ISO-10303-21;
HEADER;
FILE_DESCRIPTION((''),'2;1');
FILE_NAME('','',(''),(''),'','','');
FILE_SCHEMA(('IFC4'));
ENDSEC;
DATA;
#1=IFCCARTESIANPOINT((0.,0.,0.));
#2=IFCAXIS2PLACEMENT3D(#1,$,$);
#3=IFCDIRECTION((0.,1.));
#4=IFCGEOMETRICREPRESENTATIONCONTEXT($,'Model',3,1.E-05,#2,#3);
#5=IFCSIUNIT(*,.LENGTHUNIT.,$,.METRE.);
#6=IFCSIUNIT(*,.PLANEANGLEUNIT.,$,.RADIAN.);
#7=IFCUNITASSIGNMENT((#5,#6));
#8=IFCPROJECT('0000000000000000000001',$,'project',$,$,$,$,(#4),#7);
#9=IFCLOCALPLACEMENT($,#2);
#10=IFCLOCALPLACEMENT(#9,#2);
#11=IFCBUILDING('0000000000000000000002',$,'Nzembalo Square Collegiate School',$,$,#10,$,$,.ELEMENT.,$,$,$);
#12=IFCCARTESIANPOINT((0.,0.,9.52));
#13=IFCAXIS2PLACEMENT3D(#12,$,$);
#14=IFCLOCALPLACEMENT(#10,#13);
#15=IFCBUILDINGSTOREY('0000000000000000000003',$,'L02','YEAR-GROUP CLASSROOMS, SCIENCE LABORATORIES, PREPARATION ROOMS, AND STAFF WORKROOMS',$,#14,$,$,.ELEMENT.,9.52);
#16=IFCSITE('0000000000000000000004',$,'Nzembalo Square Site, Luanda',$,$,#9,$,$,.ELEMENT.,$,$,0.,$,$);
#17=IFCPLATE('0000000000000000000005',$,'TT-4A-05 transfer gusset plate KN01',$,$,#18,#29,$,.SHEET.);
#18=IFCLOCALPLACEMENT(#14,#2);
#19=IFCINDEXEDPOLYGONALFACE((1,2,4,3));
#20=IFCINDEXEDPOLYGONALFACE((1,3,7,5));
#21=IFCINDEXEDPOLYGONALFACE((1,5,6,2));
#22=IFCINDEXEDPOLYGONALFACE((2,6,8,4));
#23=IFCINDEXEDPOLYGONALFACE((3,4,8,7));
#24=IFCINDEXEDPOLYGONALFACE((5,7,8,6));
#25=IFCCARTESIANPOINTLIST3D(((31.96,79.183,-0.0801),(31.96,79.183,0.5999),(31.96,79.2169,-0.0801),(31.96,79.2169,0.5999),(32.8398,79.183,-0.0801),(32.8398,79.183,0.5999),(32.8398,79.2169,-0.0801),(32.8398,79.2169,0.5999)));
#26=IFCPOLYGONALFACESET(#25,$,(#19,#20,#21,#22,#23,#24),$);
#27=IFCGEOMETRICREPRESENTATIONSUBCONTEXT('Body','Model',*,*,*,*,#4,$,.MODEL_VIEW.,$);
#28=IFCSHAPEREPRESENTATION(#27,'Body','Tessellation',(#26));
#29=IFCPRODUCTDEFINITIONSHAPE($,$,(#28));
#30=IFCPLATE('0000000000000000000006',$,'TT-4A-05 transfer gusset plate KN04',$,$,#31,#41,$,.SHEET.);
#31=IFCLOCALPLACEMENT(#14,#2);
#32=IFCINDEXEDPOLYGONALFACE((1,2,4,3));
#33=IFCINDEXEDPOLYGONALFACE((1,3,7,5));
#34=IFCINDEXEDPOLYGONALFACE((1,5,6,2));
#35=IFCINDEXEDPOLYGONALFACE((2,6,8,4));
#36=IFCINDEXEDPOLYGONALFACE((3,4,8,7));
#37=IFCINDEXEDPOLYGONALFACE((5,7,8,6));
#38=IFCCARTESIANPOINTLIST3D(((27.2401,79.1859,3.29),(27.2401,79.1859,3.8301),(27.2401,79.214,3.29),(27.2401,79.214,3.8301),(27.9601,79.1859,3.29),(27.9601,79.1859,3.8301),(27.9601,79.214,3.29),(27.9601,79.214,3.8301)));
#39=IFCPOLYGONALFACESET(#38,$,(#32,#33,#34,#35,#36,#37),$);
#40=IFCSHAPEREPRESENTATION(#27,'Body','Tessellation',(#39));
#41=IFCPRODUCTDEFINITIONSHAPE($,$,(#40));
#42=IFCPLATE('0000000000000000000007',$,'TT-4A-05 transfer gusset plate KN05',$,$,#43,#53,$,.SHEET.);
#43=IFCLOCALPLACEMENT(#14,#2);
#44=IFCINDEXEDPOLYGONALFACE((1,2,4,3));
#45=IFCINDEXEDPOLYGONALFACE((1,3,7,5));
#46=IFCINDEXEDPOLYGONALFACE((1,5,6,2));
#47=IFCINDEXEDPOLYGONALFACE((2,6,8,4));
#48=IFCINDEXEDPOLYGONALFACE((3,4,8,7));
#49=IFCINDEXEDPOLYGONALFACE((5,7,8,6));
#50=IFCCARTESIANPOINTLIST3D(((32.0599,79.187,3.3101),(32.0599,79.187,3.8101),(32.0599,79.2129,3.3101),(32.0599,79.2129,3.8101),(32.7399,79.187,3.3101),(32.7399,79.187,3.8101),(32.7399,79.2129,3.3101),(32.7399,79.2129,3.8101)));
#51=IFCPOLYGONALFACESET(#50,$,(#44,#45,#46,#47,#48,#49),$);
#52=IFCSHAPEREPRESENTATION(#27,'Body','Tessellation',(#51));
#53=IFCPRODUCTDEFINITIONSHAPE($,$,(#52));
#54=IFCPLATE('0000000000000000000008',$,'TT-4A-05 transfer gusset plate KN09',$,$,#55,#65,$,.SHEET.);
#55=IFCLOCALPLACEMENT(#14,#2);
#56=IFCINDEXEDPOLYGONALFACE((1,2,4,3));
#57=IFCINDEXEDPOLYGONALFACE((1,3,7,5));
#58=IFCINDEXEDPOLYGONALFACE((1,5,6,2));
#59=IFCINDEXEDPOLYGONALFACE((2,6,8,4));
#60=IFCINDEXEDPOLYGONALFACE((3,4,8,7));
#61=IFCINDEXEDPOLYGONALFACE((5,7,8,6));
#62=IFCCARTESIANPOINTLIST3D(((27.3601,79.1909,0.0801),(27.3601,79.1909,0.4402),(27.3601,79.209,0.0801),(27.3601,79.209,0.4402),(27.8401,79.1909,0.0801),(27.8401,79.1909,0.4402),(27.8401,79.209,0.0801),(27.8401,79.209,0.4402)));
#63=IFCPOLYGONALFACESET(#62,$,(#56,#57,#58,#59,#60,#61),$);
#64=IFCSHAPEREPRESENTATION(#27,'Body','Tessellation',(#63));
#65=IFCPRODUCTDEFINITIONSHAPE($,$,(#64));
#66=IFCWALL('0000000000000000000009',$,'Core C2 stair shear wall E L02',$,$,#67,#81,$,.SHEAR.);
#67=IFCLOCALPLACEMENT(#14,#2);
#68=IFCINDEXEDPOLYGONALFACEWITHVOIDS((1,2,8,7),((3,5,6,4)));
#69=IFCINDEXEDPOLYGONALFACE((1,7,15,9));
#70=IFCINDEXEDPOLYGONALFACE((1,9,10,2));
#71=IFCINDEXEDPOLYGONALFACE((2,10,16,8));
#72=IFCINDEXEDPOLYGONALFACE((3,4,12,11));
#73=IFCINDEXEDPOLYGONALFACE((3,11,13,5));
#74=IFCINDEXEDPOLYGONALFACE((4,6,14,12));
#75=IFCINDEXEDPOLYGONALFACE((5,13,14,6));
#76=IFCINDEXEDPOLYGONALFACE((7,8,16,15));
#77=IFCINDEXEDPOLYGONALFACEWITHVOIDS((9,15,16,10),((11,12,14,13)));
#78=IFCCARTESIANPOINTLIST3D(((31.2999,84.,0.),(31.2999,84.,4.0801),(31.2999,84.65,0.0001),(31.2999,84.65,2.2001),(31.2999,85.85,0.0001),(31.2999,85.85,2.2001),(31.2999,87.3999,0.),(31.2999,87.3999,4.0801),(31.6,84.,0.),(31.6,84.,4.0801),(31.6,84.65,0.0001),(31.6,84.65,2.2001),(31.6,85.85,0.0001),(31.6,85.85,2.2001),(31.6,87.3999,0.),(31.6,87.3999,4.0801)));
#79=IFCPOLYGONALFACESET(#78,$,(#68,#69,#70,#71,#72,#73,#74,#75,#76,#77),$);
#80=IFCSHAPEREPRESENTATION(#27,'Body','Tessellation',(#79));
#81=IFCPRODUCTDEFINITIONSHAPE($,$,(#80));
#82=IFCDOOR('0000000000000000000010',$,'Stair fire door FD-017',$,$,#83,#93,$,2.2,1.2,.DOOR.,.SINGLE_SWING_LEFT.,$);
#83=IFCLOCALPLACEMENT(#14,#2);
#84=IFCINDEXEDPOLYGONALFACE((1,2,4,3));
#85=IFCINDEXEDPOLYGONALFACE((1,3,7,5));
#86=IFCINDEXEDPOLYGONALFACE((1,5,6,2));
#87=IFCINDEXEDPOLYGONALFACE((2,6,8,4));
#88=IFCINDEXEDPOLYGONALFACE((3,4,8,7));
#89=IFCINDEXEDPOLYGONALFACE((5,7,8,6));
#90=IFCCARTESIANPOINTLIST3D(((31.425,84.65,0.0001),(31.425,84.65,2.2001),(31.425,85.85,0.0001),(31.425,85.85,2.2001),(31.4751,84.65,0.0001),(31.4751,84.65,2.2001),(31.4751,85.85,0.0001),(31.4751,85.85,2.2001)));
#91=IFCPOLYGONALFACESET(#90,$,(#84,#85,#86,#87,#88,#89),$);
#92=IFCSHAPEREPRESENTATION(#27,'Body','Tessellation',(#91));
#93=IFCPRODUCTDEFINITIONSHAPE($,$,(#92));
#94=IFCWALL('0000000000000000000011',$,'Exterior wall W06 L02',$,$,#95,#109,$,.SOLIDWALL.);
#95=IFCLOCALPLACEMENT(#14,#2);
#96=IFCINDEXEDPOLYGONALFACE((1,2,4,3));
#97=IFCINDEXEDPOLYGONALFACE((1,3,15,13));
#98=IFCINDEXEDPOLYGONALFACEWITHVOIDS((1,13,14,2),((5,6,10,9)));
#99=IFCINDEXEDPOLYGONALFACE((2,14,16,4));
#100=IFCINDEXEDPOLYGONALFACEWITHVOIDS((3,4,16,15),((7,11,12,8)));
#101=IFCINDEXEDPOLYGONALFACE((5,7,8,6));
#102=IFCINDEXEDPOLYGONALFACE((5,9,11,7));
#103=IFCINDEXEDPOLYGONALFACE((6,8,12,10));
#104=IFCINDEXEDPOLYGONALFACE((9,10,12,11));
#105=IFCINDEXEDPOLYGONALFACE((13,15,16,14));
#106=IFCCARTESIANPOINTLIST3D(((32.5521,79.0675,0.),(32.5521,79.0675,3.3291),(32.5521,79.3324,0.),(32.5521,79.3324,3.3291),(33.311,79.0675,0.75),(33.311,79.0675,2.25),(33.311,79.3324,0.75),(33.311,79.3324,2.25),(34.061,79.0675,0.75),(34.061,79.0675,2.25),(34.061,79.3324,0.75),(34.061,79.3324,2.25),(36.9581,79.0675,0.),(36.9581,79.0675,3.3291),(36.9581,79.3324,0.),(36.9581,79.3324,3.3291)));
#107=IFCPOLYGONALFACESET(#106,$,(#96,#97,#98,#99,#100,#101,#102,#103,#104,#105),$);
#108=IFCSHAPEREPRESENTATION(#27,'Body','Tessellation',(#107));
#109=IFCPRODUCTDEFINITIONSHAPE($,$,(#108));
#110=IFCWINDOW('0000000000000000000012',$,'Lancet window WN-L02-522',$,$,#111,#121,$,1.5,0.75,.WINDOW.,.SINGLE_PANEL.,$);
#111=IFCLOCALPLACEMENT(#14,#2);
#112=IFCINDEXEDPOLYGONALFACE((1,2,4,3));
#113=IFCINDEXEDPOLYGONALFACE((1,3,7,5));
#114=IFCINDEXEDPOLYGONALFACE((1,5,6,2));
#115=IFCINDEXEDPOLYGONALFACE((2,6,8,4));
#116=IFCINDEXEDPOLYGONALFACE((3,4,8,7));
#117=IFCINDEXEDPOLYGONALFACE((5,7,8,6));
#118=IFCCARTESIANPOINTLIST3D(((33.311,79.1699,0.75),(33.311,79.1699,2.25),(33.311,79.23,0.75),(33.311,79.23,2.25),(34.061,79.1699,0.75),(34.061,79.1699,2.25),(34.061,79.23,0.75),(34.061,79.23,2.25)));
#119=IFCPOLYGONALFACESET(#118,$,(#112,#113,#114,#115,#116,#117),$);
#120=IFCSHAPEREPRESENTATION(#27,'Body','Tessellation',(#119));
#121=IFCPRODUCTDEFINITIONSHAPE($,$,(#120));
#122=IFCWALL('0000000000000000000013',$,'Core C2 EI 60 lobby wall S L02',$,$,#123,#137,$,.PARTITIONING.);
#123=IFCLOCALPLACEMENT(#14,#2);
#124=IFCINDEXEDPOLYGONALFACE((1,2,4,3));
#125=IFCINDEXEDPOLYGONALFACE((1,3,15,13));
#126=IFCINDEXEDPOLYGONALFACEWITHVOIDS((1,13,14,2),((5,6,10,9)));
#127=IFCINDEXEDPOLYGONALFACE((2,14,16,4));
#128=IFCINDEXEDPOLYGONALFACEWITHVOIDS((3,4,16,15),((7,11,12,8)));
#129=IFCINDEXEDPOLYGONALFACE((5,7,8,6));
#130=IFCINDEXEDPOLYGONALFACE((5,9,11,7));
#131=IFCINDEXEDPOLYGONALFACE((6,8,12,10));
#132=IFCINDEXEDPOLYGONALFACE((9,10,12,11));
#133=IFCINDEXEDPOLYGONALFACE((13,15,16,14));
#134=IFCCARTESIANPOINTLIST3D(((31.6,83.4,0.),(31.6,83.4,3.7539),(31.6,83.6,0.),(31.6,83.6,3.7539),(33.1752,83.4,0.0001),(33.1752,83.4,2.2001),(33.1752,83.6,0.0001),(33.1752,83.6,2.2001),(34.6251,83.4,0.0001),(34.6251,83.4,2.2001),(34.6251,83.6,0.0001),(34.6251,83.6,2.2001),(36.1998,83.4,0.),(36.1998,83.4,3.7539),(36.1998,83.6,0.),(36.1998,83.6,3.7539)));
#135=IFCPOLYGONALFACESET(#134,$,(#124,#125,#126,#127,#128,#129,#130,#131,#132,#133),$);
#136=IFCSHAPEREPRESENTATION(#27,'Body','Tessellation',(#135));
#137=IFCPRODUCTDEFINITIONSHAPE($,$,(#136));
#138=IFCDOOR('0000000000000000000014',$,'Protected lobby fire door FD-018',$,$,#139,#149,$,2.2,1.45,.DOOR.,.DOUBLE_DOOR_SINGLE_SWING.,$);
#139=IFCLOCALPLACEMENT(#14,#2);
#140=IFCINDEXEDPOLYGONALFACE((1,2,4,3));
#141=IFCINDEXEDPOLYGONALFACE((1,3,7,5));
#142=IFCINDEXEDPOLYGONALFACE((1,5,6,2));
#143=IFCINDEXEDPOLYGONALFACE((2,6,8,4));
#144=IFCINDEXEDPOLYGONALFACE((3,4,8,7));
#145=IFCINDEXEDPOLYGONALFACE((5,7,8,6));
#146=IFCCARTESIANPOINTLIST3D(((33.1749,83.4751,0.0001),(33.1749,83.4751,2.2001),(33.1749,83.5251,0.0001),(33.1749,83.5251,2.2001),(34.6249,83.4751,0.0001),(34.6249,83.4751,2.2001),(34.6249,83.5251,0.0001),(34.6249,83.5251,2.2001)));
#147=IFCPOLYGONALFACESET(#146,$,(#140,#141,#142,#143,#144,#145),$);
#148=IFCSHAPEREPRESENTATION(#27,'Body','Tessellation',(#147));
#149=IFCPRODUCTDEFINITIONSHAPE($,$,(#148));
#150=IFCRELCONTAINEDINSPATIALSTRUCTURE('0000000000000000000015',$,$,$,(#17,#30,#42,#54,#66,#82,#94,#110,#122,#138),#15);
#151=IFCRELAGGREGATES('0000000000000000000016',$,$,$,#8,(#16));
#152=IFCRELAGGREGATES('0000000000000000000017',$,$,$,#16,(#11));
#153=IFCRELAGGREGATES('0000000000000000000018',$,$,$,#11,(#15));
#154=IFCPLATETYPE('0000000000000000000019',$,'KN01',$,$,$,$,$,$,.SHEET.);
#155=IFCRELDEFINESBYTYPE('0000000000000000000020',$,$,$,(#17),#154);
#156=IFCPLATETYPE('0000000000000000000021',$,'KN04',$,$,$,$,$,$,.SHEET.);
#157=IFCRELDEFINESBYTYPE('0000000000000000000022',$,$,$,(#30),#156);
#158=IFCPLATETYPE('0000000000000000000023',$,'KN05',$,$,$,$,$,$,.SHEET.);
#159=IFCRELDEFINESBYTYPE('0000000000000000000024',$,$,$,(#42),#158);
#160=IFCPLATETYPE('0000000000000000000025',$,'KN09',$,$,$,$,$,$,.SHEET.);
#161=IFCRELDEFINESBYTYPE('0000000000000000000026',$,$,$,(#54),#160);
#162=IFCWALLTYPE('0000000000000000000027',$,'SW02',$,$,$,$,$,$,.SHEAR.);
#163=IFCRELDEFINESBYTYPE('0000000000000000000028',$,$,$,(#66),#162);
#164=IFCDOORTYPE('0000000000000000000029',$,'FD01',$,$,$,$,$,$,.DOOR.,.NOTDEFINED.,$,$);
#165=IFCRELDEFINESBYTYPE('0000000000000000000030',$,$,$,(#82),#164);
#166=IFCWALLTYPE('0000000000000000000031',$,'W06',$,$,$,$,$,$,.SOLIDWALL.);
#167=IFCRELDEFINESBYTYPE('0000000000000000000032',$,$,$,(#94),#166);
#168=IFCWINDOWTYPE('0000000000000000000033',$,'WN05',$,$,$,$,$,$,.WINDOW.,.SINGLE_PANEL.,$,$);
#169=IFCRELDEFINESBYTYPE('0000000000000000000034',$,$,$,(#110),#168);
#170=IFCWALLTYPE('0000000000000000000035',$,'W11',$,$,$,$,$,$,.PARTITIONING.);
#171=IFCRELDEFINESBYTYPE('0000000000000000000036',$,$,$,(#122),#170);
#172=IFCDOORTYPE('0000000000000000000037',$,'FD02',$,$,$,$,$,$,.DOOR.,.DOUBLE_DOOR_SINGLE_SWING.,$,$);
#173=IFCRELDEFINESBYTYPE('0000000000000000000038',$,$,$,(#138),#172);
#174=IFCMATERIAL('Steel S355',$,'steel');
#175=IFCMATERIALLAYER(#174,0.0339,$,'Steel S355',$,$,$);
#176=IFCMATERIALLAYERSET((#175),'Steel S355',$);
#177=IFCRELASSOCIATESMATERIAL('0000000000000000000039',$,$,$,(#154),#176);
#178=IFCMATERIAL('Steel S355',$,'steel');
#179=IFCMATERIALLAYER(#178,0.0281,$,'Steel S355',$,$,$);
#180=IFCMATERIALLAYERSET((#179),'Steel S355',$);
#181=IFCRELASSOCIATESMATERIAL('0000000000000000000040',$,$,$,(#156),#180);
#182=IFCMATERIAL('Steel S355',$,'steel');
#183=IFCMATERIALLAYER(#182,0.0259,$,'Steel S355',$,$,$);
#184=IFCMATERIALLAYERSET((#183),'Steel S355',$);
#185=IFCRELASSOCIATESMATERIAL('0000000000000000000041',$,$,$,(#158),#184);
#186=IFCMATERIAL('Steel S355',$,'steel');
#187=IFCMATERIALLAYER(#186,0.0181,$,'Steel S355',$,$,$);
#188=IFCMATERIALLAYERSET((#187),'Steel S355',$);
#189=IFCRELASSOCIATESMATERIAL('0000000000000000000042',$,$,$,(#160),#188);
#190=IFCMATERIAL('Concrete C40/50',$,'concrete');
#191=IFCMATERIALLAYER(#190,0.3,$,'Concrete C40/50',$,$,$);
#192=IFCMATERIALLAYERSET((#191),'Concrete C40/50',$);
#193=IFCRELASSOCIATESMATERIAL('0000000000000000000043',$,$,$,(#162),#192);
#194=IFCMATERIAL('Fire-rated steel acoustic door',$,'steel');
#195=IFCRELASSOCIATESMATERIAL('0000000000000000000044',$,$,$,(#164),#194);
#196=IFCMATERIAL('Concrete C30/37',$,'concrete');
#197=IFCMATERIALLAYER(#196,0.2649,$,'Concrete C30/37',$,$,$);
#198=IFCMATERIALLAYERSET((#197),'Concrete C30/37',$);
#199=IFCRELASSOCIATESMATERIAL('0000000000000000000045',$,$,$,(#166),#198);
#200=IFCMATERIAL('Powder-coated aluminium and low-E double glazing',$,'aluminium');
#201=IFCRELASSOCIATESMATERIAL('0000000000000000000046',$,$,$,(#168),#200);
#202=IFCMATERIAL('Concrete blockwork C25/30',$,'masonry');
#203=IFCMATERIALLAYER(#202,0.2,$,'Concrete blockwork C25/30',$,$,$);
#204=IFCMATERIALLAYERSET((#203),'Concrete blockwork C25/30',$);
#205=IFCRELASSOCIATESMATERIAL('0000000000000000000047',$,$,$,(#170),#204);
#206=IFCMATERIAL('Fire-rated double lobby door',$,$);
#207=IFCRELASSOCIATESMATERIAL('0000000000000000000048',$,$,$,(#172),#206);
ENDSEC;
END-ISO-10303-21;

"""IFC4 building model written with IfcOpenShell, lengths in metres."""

from ifc_helpers import new_model, si_unit, direction, frame, frame_2d, origin, origin_2d, place, context, subcontext, project, spatial, rectangle, extrude, material, layer, layer_set, type_object, element, fill, save


model = new_model("IFC4")

# Units and contexts
model_context = context("Model", 3, precision=1e-05, world=origin(), true_north=direction((0.0, 1.0)))
body_context = subcontext(model_context, "Body", "Model", "MODEL_VIEW")
ifc_project = project(units=[si_unit("LENGTHUNIT", "METRE"), si_unit("PLANEANGLEUNIT", "RADIAN")], contexts=[model_context])

# Site, building, storey
site_placement = place(None, origin())
site = spatial("IfcSite", under=ifc_project, at=site_placement, Name="Nzembalo Square Site, Luanda", CompositionType="ELEMENT", RefElevation=0.0)
building_placement = place(site_placement, origin())
building = spatial("IfcBuilding", under=site, at=building_placement, Name="Nzembalo Square Collegiate School", CompositionType="ELEMENT")
storey_placement = place(building_placement, frame((0.0, 0.0, 9.52)))
storey = spatial("IfcBuildingStorey", under=building, at=storey_placement, Name="L02", Description="YEAR-GROUP CLASSROOMS, SCIENCE LABORATORIES, PREPARATION ROOMS, AND STAFF WORKROOMS", CompositionType="ELEMENT", Elevation=9.52)

# Plates
ifc_material_1 = material(Name="Steel S355", Category="steel")
ifc_layer_1 = layer(ifc_material_1, 0.0339, Name="Steel S355")
ifc_layer_set_1 = layer_set([ifc_layer_1], Name="Steel S355")
plate_type_1 = type_object("IfcPlateType", Name="KN01", PredefinedType="SHEET", material=ifc_layer_set_1)
plate_1_placement = place(storey_placement, frame((32.3999, 79.2, -0.0801), z_axis=(0.0, 0.0, 1.0), x_axis=(1.0, 0.0, 0.0)))
element("IfcPlate", 1, at=plate_1_placement, inside=storey, type_object=plate_type_1, Name="TT-4A-05 transfer gusset plate KN01", PredefinedType="SHEET", context=body_context, shape_type="SweptSolid", body=[
    extrude(rectangle(XDim=0.8799, YDim=0.0339, at=origin_2d()), origin(), (0.0, 0.0, 1.0), 0.6799),
])
ifc_material_2 = material(Name="Steel S355", Category="steel")
ifc_layer_2 = layer(ifc_material_2, 0.0281, Name="Steel S355")
ifc_layer_set_2 = layer_set([ifc_layer_2], Name="Steel S355")
plate_type_2 = type_object("IfcPlateType", Name="KN04", PredefinedType="SHEET", material=ifc_layer_set_2)
plate_2_placement = place(storey_placement, frame((27.6001, 79.2, 3.29), z_axis=(0.0, 0.0, 1.0), x_axis=(1.0, 0.0, 0.0)))
element("IfcPlate", 2, at=plate_2_placement, inside=storey, type_object=plate_type_2, Name="TT-4A-05 transfer gusset plate KN04", PredefinedType="SHEET", context=body_context, shape_type="SweptSolid", body=[
    extrude(rectangle(XDim=0.72, YDim=0.0281, at=origin_2d()), origin(), (0.0, 0.0, 1.0), 0.54),
])
ifc_material_3 = material(Name="Steel S355", Category="steel")
ifc_layer_3 = layer(ifc_material_3, 0.0259, Name="Steel S355")
ifc_layer_set_3 = layer_set([ifc_layer_3], Name="Steel S355")
plate_type_3 = type_object("IfcPlateType", Name="KN05", PredefinedType="SHEET", material=ifc_layer_set_3)
plate_3_placement = place(storey_placement, frame((32.3999, 79.2, 3.3101), z_axis=(0.0, 0.0, 1.0), x_axis=(1.0, 0.0, 0.0)))
element("IfcPlate", 3, at=plate_3_placement, inside=storey, type_object=plate_type_3, Name="TT-4A-05 transfer gusset plate KN05", PredefinedType="SHEET", context=body_context, shape_type="SweptSolid", body=[
    extrude(rectangle(XDim=0.6799, YDim=0.0259, at=origin_2d()), origin(), (0.0, 0.0, 1.0), 0.5),
])
ifc_material_4 = material(Name="Steel S355", Category="steel")
ifc_layer_4 = layer(ifc_material_4, 0.0181, Name="Steel S355")
ifc_layer_set_4 = layer_set([ifc_layer_4], Name="Steel S355")
plate_type_4 = type_object("IfcPlateType", Name="KN09", PredefinedType="SHEET", material=ifc_layer_set_4)
plate_4_placement = place(storey_placement, frame((27.6001, 79.2, 0.0801), z_axis=(0.0, 0.0, 1.0), x_axis=(1.0, 0.0, 0.0)))
element("IfcPlate", 4, at=plate_4_placement, inside=storey, type_object=plate_type_4, Name="TT-4A-05 transfer gusset plate KN09", PredefinedType="SHEET", context=body_context, shape_type="SweptSolid", body=[
    extrude(rectangle(XDim=0.48, YDim=0.0181, at=origin_2d()), origin(), (0.0, 0.0, 1.0), 0.3601),
])

# Wall, opening, door
ifc_material_5 = material(Name="Concrete C40/50", Category="concrete")
ifc_layer_5 = layer(ifc_material_5, 0.3, Name="Concrete C40/50")
ifc_layer_set_5 = layer_set([ifc_layer_5], Name="Concrete C40/50")
wall_type_1 = type_object("IfcWallType", Name="SW02", PredefinedType="SHEAR", material=ifc_layer_set_5)
wall_1_placement = place(storey_placement, frame((31.45, 84.0, 0.0), z_axis=(0.0, 0.0, 1.0), x_axis=(0.0, 1.0, 0.0)))
wall_1 = element("IfcWall", 5, at=wall_1_placement, inside=storey, type_object=wall_type_1, Name="Core C2 stair shear wall E L02", PredefinedType="SHEAR", context=body_context, shape_type="SweptSolid", body=[
    extrude(rectangle(XDim=3.3999, YDim=0.3, at=frame_2d((1.7, 0.0))), origin(), (0.0, 0.0, 1.0), 4.0801),
])
opening_1_placement = place(wall_1_placement, frame((0.6499, 0.0, 0.0)))
opening_1 = element("IfcOpeningElement", 6, at=opening_1_placement, cuts=wall_1, PredefinedType="OPENING", context=body_context, shape_type="SweptSolid", body=[
    extrude(rectangle(XDim=1.2, YDim=2.2, at=frame_2d((0.6001, 1.1001))), frame((0.0, 0.1602, 0.0), z_axis=(0.0, -1.0, 0.0), x_axis=(1.0, 0.0, 0.0)), (0.0, 0.0, 1.0), 0.3201),
])
ifc_material_6 = material(Name="Fire-rated steel acoustic door", Category="steel")
door_type_1 = type_object("IfcDoorType", Name="FD01", OperationType="NOTDEFINED", PredefinedType="DOOR", material=ifc_material_6)
door_1_placement = place(opening_1_placement, origin())
door_1 = element("IfcDoor", 7, at=door_1_placement, inside=storey, type_object=door_type_1, Name="Stair fire door FD-017", OperationType="SINGLE_SWING_LEFT", OverallHeight=2.2, OverallWidth=1.2, PredefinedType="DOOR", context=body_context, shape_type="SweptSolid", body=[
    extrude(rectangle(XDim=1.2, YDim=2.2, at=frame_2d((0.6001, 1.1001))), frame((0.0, 0.0249, 0.0), z_axis=(0.0, -1.0, 0.0), x_axis=(1.0, 0.0, 0.0)), (0.0, 0.0, 1.0), 0.05),
])
fill(opening_1, door_1)

# Wall, opening, window
ifc_material_7 = material(Name="Concrete C30/37", Category="concrete")
ifc_layer_6 = layer(ifc_material_7, 0.2649, Name="Concrete C30/37")
ifc_layer_set_6 = layer_set([ifc_layer_6], Name="Concrete C30/37")
wall_type_2 = type_object("IfcWallType", Name="W06", PredefinedType="SOLIDWALL", material=ifc_layer_set_6)
wall_2_placement = place(storey_placement, frame((32.552, 79.2, 0.0), z_axis=(0.0, 0.0, 1.0), x_axis=(1.0, 0.0, 0.0)))
wall_2 = element("IfcWall", 8, at=wall_2_placement, inside=storey, type_object=wall_type_2, Name="Exterior wall W06 L02", PredefinedType="SOLIDWALL", context=body_context, shape_type="SweptSolid", body=[
    extrude(rectangle(XDim=4.406, YDim=0.2649, at=frame_2d((2.2031, 0.0))), origin(), (0.0, 0.0, 1.0), 3.3291),
])
opening_2_placement = place(wall_2_placement, frame((0.759, 0.0, 0.75)))
opening_2 = element("IfcOpeningElement", 9, at=opening_2_placement, cuts=wall_2, PredefinedType="OPENING", context=body_context, shape_type="SweptSolid", body=[
    extrude(rectangle(XDim=0.75, YDim=1.5, at=frame_2d((0.375, 0.75))), frame((0.0, 0.1426, 0.0), z_axis=(0.0, -1.0, 0.0), x_axis=(1.0, 0.0, 0.0)), (0.0, 0.0, 1.0), 0.2849),
])
ifc_material_8 = material(Name="Powder-coated aluminium and low-E double glazing", Category="aluminium")
window_type = type_object("IfcWindowType", Name="WN05", PartitioningType="SINGLE_PANEL", PredefinedType="WINDOW", material=ifc_material_8)
window_placement = place(opening_2_placement, origin())
window = element("IfcWindow", 10, at=window_placement, inside=storey, type_object=window_type, Name="Lancet window WN-L02-522", OverallHeight=1.5, OverallWidth=0.75, PartitioningType="SINGLE_PANEL", PredefinedType="WINDOW", context=body_context, shape_type="SweptSolid", body=[
    extrude(rectangle(XDim=0.75, YDim=1.5, at=frame_2d((0.375, 0.75))), frame((0.0, 0.03, 0.0), z_axis=(0.0, -1.0, 0.0), x_axis=(1.0, 0.0, 0.0)), (0.0, 0.0, 1.0), 0.0601),
])
fill(opening_2, window)

# Wall, opening, door
ifc_material_9 = material(Name="Concrete blockwork C25/30", Category="masonry")
ifc_layer_7 = layer(ifc_material_9, 0.2, Name="Concrete blockwork C25/30")
ifc_layer_set_7 = layer_set([ifc_layer_7], Name="Concrete blockwork C25/30")
wall_type_3 = type_object("IfcWallType", Name="W11", PredefinedType="PARTITIONING", material=ifc_layer_set_7)
wall_3_placement = place(storey_placement, frame((31.6001, 83.5, 0.0), z_axis=(0.0, 0.0, 1.0), x_axis=(1.0, 0.0, 0.0)))
wall_3 = element("IfcWall", 11, at=wall_3_placement, inside=storey, type_object=wall_type_3, Name="Core C2 EI 60 lobby wall S L02", PredefinedType="PARTITIONING", context=body_context, shape_type="SweptSolid", body=[
    extrude(rectangle(XDim=4.5999, YDim=0.2, at=frame_2d((2.2998, 0.0))), origin(), (0.0, 0.0, 1.0), 3.7539),
])
opening_3_placement = place(wall_3_placement, frame((1.575, 0.0, 0.0)))
opening_3 = element("IfcOpeningElement", 12, at=opening_3_placement, cuts=wall_3, PredefinedType="OPENING", context=body_context, shape_type="SweptSolid", body=[
    extrude(rectangle(XDim=1.45, YDim=2.2, at=frame_2d((0.7251, 1.1001))), frame((0.0, 0.1099, 0.0), z_axis=(0.0, -1.0, 0.0), x_axis=(1.0, 0.0, 0.0)), (0.0, 0.0, 1.0), 0.22),
])
ifc_material_10 = material(Name="Fire-rated double lobby door")
door_type_2 = type_object("IfcDoorType", Name="FD02", OperationType="DOUBLE_DOOR_SINGLE_SWING", PredefinedType="DOOR", material=ifc_material_10)
door_2_placement = place(opening_3_placement, frame((1.45, 0.0, 0.0), z_axis=(0.0, 0.0, 1.0), x_axis=(-1.0, 0.0, 0.0)))
door_2 = element("IfcDoor", 13, at=door_2_placement, inside=storey, type_object=door_type_2, Name="Protected lobby fire door FD-018", OperationType="DOUBLE_DOOR_SINGLE_SWING", OverallHeight=2.2, OverallWidth=1.45, PredefinedType="DOOR", context=body_context, shape_type="SweptSolid", body=[
    extrude(rectangle(XDim=1.45, YDim=2.2, at=frame_2d((0.7251, 1.1001))), frame((0.0, 0.0249, 0.0), z_axis=(0.0, -1.0, 0.0), x_axis=(1.0, 0.0, 0.0)), (0.0, 0.0, 1.0), 0.05),
])
fill(opening_3, door_2)

save(model, "model.ifc")
